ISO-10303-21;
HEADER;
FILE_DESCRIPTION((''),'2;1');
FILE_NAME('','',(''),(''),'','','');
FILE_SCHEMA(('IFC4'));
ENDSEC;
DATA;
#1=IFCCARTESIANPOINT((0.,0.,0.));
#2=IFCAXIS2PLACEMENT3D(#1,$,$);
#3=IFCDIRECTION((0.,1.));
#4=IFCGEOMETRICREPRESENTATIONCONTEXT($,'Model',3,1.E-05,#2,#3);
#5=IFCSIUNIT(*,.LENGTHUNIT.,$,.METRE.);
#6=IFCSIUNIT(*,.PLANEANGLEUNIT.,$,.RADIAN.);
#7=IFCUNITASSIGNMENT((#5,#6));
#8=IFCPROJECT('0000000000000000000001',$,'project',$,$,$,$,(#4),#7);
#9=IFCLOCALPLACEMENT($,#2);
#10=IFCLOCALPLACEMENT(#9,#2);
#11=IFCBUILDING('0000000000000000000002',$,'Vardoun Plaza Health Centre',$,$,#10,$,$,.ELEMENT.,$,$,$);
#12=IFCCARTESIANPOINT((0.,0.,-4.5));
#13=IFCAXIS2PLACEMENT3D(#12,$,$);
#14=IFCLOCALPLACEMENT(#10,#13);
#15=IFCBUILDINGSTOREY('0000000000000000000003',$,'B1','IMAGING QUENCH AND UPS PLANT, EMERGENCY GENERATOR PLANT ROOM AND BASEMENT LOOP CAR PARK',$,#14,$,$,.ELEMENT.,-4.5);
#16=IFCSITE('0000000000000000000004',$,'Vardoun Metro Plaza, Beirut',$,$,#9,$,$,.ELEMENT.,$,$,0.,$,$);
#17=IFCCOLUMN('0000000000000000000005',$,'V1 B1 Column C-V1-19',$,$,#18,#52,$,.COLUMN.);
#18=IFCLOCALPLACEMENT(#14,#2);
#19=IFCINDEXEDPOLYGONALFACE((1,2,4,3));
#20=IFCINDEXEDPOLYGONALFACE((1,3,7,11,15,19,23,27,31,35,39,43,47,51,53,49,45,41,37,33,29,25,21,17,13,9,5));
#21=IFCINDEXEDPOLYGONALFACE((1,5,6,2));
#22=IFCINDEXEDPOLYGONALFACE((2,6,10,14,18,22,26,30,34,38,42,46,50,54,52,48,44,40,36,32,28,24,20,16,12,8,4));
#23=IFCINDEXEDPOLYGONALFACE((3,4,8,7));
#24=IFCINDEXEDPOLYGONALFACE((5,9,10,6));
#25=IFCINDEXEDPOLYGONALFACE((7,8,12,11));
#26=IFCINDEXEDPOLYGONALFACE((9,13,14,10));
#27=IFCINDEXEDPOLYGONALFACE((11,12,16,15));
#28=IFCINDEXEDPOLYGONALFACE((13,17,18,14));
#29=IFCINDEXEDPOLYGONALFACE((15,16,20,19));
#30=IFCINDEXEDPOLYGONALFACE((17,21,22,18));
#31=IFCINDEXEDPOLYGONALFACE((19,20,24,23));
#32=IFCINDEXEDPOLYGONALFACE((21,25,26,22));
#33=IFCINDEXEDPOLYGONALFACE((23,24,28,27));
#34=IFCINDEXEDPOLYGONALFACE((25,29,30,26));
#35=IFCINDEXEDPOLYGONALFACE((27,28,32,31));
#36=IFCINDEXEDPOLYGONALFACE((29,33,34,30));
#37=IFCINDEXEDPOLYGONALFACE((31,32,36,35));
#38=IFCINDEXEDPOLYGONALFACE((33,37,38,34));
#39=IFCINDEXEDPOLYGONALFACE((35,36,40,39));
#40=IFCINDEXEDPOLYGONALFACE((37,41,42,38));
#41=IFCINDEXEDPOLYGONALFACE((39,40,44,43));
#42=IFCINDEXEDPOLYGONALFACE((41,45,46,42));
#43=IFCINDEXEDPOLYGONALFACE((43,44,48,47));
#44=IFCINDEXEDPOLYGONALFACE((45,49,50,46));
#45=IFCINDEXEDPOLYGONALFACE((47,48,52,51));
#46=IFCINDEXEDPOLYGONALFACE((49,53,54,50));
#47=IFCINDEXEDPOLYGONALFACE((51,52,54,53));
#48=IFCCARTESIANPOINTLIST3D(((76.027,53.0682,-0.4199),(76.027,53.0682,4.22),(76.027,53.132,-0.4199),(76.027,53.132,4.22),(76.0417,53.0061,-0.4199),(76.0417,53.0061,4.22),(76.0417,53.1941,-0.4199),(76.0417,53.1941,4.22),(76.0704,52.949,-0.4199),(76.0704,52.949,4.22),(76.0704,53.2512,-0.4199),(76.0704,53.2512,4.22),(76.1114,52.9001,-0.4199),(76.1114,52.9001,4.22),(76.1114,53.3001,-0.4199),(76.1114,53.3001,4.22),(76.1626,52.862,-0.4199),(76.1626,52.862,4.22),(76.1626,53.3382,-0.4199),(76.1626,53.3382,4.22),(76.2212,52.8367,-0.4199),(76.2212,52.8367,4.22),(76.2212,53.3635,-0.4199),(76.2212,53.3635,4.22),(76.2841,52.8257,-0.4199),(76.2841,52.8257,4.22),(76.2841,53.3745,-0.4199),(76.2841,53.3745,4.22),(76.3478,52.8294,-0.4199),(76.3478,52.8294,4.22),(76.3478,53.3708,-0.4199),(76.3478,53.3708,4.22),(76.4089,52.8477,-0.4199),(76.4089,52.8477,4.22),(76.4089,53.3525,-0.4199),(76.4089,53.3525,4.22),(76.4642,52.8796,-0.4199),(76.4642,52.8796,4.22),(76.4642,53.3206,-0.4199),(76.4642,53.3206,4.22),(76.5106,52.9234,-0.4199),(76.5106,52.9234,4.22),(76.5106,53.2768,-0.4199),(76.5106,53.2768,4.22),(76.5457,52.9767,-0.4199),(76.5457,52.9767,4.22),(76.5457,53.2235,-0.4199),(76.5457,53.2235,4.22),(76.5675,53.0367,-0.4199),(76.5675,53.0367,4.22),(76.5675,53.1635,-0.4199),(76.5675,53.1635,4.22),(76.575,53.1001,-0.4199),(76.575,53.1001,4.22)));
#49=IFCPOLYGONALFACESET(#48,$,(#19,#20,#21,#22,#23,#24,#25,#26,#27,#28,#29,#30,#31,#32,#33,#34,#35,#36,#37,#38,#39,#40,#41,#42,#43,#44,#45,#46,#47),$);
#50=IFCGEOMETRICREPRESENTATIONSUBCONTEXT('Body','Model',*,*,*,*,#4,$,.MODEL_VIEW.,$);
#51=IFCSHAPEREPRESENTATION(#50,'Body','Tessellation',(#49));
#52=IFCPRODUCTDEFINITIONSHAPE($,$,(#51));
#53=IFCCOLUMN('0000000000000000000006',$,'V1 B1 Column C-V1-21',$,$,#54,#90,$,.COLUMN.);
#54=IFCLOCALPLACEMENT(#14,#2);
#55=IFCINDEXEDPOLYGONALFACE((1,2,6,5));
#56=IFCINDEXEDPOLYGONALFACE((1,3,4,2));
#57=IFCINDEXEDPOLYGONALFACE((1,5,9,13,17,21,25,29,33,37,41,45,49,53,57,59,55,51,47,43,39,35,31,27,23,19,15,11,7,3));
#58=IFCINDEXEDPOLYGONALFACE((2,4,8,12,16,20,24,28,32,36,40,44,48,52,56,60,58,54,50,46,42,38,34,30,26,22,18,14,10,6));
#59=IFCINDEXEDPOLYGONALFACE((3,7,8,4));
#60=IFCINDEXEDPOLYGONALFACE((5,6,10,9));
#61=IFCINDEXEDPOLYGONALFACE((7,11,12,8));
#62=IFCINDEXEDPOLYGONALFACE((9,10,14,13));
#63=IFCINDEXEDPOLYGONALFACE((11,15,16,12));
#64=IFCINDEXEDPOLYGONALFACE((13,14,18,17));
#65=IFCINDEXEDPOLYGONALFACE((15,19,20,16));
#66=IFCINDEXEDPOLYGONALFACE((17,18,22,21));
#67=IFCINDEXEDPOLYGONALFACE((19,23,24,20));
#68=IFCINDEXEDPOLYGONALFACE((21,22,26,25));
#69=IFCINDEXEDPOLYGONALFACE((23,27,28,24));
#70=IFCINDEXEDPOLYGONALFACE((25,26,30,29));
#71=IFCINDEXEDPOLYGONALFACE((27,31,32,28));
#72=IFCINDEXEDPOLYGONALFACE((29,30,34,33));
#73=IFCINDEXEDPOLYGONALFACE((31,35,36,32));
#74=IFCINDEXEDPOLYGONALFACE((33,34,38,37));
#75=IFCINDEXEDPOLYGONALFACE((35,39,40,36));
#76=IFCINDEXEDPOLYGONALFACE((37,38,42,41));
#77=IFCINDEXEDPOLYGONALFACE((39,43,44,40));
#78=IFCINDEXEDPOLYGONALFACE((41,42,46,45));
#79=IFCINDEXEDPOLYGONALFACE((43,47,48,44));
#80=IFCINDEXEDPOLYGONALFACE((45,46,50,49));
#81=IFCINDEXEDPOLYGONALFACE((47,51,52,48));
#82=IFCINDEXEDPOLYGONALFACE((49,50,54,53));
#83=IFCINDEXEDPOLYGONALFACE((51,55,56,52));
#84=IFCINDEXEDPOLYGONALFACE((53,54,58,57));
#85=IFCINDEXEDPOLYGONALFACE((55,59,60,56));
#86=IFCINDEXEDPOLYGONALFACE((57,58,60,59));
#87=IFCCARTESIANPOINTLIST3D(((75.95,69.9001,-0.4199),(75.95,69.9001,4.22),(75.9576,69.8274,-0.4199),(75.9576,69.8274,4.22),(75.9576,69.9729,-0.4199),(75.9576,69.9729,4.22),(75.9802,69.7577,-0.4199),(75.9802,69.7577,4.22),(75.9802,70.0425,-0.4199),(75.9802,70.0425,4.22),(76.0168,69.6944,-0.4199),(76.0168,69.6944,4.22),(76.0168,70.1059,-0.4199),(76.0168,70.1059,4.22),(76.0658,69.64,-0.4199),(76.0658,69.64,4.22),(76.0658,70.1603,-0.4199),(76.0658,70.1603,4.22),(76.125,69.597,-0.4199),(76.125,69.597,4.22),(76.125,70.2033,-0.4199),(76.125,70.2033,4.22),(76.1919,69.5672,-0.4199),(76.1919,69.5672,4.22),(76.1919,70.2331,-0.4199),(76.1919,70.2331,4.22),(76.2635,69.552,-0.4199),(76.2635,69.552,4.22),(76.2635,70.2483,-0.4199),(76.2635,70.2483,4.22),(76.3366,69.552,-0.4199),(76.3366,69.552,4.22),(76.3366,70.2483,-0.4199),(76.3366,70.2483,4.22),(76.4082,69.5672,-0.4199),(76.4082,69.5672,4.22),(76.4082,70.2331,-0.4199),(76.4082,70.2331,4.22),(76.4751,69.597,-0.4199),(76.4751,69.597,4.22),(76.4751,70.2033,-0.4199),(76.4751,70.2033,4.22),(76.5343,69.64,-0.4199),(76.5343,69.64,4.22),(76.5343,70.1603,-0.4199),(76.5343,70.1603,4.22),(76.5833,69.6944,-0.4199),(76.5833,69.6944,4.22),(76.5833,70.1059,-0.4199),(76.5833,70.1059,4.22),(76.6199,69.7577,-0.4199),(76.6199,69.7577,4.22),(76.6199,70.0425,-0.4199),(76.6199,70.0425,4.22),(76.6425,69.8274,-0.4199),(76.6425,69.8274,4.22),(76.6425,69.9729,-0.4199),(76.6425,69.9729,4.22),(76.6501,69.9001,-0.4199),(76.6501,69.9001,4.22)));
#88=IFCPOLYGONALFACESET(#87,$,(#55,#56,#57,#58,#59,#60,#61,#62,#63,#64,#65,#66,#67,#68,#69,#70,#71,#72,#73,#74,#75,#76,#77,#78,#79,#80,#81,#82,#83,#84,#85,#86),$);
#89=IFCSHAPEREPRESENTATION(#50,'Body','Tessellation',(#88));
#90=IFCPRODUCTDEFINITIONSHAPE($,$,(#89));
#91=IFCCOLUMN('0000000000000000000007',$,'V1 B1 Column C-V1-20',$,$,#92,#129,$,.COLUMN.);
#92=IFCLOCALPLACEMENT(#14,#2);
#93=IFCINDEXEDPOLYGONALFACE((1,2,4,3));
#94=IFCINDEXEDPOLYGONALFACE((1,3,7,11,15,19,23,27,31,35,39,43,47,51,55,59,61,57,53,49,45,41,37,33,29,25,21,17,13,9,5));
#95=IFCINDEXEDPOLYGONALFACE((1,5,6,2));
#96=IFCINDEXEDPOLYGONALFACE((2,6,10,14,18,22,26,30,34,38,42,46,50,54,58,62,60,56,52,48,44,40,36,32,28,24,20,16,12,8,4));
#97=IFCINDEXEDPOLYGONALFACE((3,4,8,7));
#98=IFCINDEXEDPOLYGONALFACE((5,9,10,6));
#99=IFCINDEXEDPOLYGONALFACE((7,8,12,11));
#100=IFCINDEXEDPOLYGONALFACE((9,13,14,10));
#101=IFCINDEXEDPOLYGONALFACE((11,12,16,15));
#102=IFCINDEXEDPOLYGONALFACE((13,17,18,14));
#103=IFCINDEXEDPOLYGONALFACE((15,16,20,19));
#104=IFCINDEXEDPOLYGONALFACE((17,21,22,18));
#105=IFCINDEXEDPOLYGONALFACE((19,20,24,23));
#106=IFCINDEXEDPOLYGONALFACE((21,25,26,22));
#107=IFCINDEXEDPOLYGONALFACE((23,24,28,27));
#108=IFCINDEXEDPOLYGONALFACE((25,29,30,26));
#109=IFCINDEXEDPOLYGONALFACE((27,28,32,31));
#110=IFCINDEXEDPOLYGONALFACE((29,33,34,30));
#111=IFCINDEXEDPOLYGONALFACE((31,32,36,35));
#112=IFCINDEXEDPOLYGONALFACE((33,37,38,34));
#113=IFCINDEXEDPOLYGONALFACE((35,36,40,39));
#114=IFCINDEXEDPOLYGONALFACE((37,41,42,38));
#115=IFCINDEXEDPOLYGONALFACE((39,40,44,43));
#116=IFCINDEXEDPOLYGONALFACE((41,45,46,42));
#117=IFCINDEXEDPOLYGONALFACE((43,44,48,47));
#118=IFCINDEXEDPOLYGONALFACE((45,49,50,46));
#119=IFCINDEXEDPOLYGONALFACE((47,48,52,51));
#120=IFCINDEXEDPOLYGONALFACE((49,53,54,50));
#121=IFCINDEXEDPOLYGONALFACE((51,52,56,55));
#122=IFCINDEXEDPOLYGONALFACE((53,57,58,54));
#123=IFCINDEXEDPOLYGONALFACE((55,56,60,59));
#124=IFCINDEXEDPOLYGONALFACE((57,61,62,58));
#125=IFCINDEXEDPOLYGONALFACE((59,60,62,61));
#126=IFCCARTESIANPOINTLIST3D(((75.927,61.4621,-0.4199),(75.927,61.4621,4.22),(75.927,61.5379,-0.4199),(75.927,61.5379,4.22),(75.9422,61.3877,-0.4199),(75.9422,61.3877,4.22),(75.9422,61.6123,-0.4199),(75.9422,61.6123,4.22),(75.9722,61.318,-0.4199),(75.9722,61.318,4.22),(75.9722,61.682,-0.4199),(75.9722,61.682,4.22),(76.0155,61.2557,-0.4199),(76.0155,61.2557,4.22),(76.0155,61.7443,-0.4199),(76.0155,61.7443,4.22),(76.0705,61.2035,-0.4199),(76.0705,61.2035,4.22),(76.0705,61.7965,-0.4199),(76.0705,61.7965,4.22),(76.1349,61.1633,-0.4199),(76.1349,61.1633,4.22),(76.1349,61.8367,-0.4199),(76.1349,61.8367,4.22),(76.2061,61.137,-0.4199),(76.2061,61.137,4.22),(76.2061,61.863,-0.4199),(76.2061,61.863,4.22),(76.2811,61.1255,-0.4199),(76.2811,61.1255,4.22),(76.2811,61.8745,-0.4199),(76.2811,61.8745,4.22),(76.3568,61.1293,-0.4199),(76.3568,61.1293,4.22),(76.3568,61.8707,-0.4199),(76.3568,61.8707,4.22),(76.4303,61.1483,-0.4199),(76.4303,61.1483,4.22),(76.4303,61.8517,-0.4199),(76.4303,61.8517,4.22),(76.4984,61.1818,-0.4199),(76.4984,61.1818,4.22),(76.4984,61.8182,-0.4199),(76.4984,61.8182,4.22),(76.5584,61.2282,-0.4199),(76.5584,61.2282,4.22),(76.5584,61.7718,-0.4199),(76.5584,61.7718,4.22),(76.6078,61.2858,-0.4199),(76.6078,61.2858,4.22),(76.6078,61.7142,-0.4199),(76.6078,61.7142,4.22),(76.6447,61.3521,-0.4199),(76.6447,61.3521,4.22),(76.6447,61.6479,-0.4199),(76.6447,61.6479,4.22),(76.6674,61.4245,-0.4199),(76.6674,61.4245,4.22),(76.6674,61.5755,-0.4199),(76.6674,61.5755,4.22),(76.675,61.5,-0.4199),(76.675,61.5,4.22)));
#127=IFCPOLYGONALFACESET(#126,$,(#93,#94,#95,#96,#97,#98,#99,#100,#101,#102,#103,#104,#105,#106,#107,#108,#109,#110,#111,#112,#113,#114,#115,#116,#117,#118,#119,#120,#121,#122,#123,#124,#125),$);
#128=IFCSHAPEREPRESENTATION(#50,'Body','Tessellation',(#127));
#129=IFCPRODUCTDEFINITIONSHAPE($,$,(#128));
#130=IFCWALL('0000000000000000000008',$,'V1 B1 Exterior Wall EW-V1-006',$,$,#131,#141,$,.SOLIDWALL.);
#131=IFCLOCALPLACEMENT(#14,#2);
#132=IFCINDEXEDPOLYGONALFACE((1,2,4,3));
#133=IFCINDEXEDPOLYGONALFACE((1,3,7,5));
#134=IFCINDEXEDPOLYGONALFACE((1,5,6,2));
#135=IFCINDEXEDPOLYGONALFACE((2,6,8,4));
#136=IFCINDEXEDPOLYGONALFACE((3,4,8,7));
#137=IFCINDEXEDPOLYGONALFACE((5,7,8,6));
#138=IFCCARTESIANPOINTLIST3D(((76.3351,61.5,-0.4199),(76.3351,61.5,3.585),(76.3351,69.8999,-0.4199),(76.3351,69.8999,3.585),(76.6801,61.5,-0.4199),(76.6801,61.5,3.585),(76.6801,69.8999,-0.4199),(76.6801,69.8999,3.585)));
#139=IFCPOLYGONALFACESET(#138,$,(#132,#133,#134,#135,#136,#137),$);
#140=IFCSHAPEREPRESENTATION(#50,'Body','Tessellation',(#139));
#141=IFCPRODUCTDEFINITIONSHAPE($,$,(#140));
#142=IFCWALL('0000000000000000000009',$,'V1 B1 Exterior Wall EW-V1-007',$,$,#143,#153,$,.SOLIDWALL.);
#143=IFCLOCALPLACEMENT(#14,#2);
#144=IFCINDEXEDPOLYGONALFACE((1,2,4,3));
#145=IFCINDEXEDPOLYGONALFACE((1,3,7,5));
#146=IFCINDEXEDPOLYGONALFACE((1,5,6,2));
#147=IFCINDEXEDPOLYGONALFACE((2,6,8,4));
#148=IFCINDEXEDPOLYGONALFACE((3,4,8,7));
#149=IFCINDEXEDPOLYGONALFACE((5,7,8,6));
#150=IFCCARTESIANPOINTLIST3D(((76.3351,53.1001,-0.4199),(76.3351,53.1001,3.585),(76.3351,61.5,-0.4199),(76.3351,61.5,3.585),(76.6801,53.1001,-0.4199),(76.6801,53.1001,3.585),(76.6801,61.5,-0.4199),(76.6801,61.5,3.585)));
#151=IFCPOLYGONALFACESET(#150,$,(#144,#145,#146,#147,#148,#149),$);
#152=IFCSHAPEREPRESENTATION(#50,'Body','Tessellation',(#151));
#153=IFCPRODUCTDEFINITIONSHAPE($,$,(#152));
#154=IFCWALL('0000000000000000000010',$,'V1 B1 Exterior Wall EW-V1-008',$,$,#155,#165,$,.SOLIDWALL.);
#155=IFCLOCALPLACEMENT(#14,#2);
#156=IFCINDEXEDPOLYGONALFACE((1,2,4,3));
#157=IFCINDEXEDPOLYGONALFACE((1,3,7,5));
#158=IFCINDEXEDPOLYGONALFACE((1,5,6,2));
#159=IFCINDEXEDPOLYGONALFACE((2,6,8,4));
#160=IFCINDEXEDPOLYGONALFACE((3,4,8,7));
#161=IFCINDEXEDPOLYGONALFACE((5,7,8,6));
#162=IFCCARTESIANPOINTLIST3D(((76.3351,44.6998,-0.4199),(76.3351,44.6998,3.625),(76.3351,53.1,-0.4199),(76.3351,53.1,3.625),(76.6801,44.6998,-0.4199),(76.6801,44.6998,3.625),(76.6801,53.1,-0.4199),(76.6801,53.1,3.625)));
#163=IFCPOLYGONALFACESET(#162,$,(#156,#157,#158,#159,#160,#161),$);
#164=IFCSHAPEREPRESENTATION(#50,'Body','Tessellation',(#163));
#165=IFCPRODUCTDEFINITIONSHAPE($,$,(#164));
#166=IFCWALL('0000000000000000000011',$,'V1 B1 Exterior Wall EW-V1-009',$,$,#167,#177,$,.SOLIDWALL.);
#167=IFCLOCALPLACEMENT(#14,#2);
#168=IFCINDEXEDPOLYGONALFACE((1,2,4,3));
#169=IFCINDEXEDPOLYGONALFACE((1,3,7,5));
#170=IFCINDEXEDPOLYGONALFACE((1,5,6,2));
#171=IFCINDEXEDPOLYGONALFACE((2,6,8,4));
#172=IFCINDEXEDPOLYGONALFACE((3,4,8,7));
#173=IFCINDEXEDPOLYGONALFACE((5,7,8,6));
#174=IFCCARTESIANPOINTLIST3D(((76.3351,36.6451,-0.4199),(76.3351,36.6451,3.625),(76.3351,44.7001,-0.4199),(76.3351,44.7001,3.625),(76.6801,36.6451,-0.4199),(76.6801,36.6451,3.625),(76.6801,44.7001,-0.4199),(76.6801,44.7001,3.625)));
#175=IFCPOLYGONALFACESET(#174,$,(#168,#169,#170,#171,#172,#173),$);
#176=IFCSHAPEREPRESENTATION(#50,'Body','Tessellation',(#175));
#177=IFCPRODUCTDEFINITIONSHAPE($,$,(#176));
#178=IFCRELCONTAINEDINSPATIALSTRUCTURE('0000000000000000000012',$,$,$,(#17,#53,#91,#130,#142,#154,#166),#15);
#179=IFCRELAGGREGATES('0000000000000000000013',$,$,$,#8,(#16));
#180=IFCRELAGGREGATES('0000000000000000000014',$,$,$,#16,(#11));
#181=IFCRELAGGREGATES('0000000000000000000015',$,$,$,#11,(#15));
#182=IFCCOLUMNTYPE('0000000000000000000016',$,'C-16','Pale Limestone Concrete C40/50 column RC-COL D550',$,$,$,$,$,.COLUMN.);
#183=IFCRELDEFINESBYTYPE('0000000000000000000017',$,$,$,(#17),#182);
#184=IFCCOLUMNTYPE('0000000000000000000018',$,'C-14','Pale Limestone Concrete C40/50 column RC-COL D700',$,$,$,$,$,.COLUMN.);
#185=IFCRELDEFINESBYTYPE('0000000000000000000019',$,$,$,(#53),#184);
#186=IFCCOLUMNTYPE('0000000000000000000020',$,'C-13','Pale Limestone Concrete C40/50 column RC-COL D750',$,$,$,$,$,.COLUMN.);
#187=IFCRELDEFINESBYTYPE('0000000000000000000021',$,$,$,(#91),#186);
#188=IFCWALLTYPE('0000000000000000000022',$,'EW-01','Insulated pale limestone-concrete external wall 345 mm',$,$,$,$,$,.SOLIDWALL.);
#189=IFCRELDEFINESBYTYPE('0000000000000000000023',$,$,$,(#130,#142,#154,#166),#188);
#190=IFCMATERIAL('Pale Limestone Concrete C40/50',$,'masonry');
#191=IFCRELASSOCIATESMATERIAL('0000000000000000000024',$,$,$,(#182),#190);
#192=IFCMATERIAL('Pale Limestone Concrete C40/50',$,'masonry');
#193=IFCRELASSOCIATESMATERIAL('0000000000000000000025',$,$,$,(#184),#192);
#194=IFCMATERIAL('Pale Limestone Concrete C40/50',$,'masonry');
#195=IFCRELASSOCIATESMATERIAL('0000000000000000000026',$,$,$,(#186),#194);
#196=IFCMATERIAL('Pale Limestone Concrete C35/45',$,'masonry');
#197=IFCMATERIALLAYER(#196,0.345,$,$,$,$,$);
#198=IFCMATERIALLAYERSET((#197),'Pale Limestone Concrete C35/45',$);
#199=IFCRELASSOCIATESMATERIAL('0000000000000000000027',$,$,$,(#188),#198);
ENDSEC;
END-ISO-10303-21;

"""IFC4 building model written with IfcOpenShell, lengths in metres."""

from ifc_helpers import new_model, si_unit, direction, frame, frame_2d, origin, origin_2d, place, context, subcontext, project, spatial, rectangle, circle, extrude, material, layer, layer_set, material_profile, profile_set, type_object, element, save


model = new_model("IFC4")

# Units and contexts
model_context = context("Model", 3, precision=1e-05, world=origin(), true_north=direction((0.0, 1.0)))
body_context = subcontext(model_context, "Body", "Model", "MODEL_VIEW")
ifc_project = project(units=[si_unit("LENGTHUNIT", "METRE"), si_unit("PLANEANGLEUNIT", "RADIAN")], contexts=[model_context])

# Site, building, storey
site_placement = place(None, origin())
site = spatial("IfcSite", under=ifc_project, at=site_placement, Name="Vardoun Metro Plaza, Beirut", CompositionType="ELEMENT", RefElevation=0.0)
building_placement = place(site_placement, origin())
building = spatial("IfcBuilding", under=site, at=building_placement, Name="Vardoun Plaza Health Centre", CompositionType="ELEMENT")
storey_placement = place(building_placement, frame((0.0, 0.0, -4.5)))
storey = spatial("IfcBuildingStorey", under=building, at=storey_placement, Name="B1", Description="IMAGING QUENCH AND UPS PLANT, EMERGENCY GENERATOR PLANT ROOM AND BASEMENT LOOP CAR PARK", CompositionType="ELEMENT", Elevation=-4.5)

# Columns
ifc_material_1 = material(Name="Pale Limestone Concrete C40/50", Category="masonry")
ifc_material_profile_1 = material_profile(ifc_material_1, circle(Radius=0.2749, at=origin_2d()), Name="RC-COL D550")
ifc_profile_set_1 = profile_set([ifc_material_profile_1], Name="Pale Limestone Concrete C40/50")
column_type_1 = type_object("IfcColumnType", Name="C-16", Description="Pale Limestone Concrete C40/50 column RC-COL D550", PredefinedType="COLUMN", material=ifc_profile_set_1)
column_1_placement = place(storey_placement, frame((76.3, 53.1001, -0.4199), z_axis=(0.0, 0.0, 1.0), x_axis=(1.0, 0.0, 0.0)))
element("IfcColumn", 1, at=column_1_placement, inside=storey, type_object=column_type_1, Name="V1 B1 Column C-V1-19", PredefinedType="COLUMN", context=body_context, shape_type="SweptSolid", body=[
    extrude(circle(Radius=0.2749, at=origin_2d()), origin(), (0.0, 0.0, 1.0), 4.6399),
])
ifc_material_2 = material(Name="Pale Limestone Concrete C40/50", Category="masonry")
ifc_material_profile_2 = material_profile(ifc_material_2, circle(Radius=0.3501, at=origin_2d()), Name="RC-COL D700")
ifc_profile_set_2 = profile_set([ifc_material_profile_2], Name="Pale Limestone Concrete C40/50")
column_type_2 = type_object("IfcColumnType", Name="C-14", Description="Pale Limestone Concrete C40/50 column RC-COL D700", PredefinedType="COLUMN", material=ifc_profile_set_2)
column_2_placement = place(storey_placement, frame((76.3, 69.9001, -0.4199), z_axis=(0.0, 0.0, 1.0), x_axis=(1.0, 0.0, 0.0)))
element("IfcColumn", 2, at=column_2_placement, inside=storey, type_object=column_type_2, Name="V1 B1 Column C-V1-21", PredefinedType="COLUMN", context=body_context, shape_type="SweptSolid", body=[
    extrude(circle(Radius=0.3501, at=origin_2d()), origin(), (0.0, 0.0, 1.0), 4.6399),
])
ifc_material_3 = material(Name="Pale Limestone Concrete C40/50", Category="masonry")
ifc_material_profile_3 = material_profile(ifc_material_3, circle(Radius=0.375, at=origin_2d()), Name="RC-COL D750")
ifc_profile_set_3 = profile_set([ifc_material_profile_3], Name="Pale Limestone Concrete C40/50")
column_type_3 = type_object("IfcColumnType", Name="C-13", Description="Pale Limestone Concrete C40/50 column RC-COL D750", PredefinedType="COLUMN", material=ifc_profile_set_3)
column_3_placement = place(storey_placement, frame((76.3, 61.5, -0.4199), z_axis=(0.0, 0.0, 1.0), x_axis=(1.0, 0.0, 0.0)))
element("IfcColumn", 3, at=column_3_placement, inside=storey, type_object=column_type_3, Name="V1 B1 Column C-V1-20", PredefinedType="COLUMN", context=body_context, shape_type="SweptSolid", body=[
    extrude(circle(Radius=0.375, at=origin_2d()), origin(), (0.0, 0.0, 1.0), 4.6399),
])

# Walls
ifc_material_4 = material(Name="Pale Limestone Concrete C35/45", Category="masonry")
ifc_layer = layer(ifc_material_4, 0.345)
ifc_layer_set = layer_set([ifc_layer], Name="Pale Limestone Concrete C35/45")
wall_type = type_object("IfcWallType", Name="EW-01", Description="Insulated pale limestone-concrete external wall 345 mm", PredefinedType="SOLIDWALL", material=ifc_layer_set)
for number, where, z_axis, x_axis, name in (
    (4, (76.5076, 69.8999, -0.4199), (0.0, 0.0, 1.0), (0.0, -1.0, 0.0), "V1 B1 Exterior Wall EW-V1-006"),
    (5, (76.5076, 61.5, -0.4199), (0.0, 0.0, 1.0), (0.0, -1.0, 0.0), "V1 B1 Exterior Wall EW-V1-007"),
):
    element("IfcWall", number, at=place(storey_placement, frame(where, z_axis=z_axis, x_axis=x_axis)), inside=storey, type_object=wall_type, Name=name, PredefinedType="SOLIDWALL", context=body_context, shape_type="SweptSolid", body=[
        extrude(rectangle(XDim=8.3999, YDim=0.345, at=frame_2d((4.2, 0.0))), origin(), (0.0, 0.0, 1.0), 4.0049),
    ])
wall_1_placement = place(storey_placement, frame((76.5076, 53.1001, -0.4199), z_axis=(0.0, 0.0, 1.0), x_axis=(0.0, -1.0, 0.0)))
element("IfcWall", 6, at=wall_1_placement, inside=storey, type_object=wall_type, Name="V1 B1 Exterior Wall EW-V1-008", PredefinedType="SOLIDWALL", context=body_context, shape_type="SweptSolid", body=[
    extrude(rectangle(XDim=8.4001, YDim=0.345, at=frame_2d((4.2002, 0.0))), origin(), (0.0, 0.0, 1.0), 4.0449),
])
wall_2_placement = place(storey_placement, frame((76.5076, 44.7, -0.4199), z_axis=(0.0, 0.0, 1.0), x_axis=(0.0, -1.0, 0.0)))
element("IfcWall", 7, at=wall_2_placement, inside=storey, type_object=wall_type, Name="V1 B1 Exterior Wall EW-V1-009", PredefinedType="SOLIDWALL", context=body_context, shape_type="SweptSolid", body=[
    extrude(rectangle(XDim=8.0549, YDim=0.345, at=frame_2d((4.0273, 0.0))), origin(), (0.0, 0.0, 1.0), 4.0449),
])

save(model, "model.ifc")
